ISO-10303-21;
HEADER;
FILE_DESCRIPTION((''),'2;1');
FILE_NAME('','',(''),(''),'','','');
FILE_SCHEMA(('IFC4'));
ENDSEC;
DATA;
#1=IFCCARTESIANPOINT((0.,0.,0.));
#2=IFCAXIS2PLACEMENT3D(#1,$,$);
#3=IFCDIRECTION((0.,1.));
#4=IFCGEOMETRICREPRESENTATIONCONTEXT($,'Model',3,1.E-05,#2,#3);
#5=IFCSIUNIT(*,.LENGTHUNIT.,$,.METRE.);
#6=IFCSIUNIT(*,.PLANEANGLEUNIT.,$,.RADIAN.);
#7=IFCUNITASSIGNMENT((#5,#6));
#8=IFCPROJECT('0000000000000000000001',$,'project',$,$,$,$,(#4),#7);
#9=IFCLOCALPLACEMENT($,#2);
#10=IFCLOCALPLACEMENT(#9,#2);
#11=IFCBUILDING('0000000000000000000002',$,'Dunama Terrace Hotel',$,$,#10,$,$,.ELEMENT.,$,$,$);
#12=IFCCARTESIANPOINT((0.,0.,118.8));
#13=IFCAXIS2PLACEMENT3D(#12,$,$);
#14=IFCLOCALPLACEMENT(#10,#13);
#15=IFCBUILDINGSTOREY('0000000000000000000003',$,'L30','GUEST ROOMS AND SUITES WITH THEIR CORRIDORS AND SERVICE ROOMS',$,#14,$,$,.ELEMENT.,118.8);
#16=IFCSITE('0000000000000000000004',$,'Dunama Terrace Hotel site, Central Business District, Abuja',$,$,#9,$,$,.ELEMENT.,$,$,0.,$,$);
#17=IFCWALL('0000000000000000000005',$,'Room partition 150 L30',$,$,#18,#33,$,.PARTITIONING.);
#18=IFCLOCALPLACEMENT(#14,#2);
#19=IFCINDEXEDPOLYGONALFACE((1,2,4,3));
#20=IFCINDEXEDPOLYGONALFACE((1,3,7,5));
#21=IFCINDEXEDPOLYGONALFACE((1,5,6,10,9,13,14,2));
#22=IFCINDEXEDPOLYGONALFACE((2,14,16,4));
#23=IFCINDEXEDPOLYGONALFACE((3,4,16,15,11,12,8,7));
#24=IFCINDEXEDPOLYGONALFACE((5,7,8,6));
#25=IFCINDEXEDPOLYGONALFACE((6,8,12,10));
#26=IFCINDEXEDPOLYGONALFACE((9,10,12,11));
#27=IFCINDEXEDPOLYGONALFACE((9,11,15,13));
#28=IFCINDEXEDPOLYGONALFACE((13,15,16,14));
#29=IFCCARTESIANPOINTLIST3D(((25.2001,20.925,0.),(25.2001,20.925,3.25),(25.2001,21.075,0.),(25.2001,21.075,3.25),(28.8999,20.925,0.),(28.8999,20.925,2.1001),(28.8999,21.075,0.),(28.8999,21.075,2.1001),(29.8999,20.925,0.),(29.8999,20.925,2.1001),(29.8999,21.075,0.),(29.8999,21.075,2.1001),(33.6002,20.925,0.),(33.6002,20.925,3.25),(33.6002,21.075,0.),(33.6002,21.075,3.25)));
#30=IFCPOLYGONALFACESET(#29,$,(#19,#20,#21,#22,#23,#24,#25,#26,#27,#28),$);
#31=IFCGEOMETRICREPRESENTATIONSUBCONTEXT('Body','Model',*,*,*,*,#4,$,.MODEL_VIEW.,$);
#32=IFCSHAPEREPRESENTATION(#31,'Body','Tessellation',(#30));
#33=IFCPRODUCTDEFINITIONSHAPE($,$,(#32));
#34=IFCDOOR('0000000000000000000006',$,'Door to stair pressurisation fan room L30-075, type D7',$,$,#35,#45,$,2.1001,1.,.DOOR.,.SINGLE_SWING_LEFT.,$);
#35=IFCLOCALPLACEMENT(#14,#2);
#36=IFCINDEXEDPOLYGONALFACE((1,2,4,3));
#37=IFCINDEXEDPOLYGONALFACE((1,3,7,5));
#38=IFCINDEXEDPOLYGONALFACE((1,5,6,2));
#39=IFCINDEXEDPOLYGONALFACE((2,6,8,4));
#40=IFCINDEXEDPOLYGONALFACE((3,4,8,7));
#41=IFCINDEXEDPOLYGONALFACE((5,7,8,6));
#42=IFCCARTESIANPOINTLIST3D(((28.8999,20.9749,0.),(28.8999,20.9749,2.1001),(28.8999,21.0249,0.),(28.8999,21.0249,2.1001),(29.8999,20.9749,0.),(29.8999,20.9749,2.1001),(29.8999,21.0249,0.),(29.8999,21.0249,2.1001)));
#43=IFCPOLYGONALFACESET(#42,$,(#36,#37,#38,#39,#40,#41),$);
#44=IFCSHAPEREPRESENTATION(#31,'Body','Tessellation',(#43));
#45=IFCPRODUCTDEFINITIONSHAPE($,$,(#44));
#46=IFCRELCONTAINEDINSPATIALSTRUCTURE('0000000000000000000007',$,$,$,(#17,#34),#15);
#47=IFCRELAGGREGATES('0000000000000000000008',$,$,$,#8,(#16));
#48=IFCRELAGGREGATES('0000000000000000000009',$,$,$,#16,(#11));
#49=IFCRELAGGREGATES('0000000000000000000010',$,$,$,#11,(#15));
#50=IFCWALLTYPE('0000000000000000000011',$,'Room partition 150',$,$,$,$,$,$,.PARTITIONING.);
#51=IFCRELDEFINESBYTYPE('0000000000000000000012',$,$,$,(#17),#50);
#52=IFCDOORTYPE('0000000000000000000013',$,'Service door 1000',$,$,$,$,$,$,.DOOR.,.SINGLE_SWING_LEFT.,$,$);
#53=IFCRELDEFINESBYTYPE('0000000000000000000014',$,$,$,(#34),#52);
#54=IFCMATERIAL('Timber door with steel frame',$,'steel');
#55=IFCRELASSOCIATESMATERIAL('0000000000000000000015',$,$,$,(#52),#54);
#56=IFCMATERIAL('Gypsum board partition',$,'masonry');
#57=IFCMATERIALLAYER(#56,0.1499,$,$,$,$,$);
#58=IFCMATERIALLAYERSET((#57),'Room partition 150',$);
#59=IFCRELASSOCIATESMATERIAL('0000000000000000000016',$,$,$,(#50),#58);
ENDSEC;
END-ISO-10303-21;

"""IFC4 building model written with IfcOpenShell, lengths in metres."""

from ifc_helpers import new_model, si_unit, direction, frame, frame_2d, origin, place, context, subcontext, project, spatial, rectangle, extrude, material, layer, layer_set, type_object, element, fill, save


model = new_model("IFC4")

# Units and contexts
model_context = context("Model", 3, precision=1e-05, world=origin(), true_north=direction((0.0, 1.0)))
body_context = subcontext(model_context, "Body", "Model", "MODEL_VIEW")
ifc_project = project(units=[si_unit("LENGTHUNIT", "METRE"), si_unit("PLANEANGLEUNIT", "RADIAN")], contexts=[model_context])

# Site, building, storey
site_placement = place(None, origin())
site = spatial("IfcSite", under=ifc_project, at=site_placement, Name="Dunama Terrace Hotel site, Central Business District, Abuja", CompositionType="ELEMENT", RefElevation=0.0)
building_placement = place(site_placement, origin())
building = spatial("IfcBuilding", under=site, at=building_placement, Name="Dunama Terrace Hotel", CompositionType="ELEMENT")
storey_placement = place(building_placement, frame((0.0, 0.0, 118.8)))
storey = spatial("IfcBuildingStorey", under=building, at=storey_placement, Name="L30", Description="GUEST ROOMS AND SUITES WITH THEIR CORRIDORS AND SERVICE ROOMS", CompositionType="ELEMENT", Elevation=118.8)

# Shared definitions
ifc_material_1 = material(Name="Timber door with steel frame", Category="steel")
door_type_1 = type_object("IfcDoorType", Name="Service door 1000", OperationType="SINGLE_SWING_LEFT", PredefinedType="DOOR", material=ifc_material_1)

# Wall, opening, door
ifc_material_2 = material(Name="Gypsum board partition", Category="masonry")
ifc_layer_1 = layer(ifc_material_2, 0.1499)
ifc_layer_set_1 = layer_set([ifc_layer_1], Name="Room partition 150")
wall_type_1 = type_object("IfcWallType", Name="Room partition 150", PredefinedType="PARTITIONING", material=ifc_layer_set_1)
wall_1_placement = place(storey_placement, frame((25.2, 21.0, 0.0), z_axis=(0.0, 0.0, 1.0), x_axis=(1.0, 0.0, 0.0)))
wall_1 = element("IfcWall", 1, at=wall_1_placement, inside=storey, type_object=wall_type_1, Name="Room partition 150 L30", PredefinedType="PARTITIONING", context=body_context, shape_type="SweptSolid", body=[
    extrude(rectangle(XDim=8.4001, YDim=0.1499, at=frame_2d((4.2002, 0.0))), origin(), (0.0, 0.0, 1.0), 3.25),
])
opening_1_placement = place(wall_1_placement, frame((3.7, 0.0, 0.0)))
opening_1 = element("IfcOpeningElement", 2, at=opening_1_placement, cuts=wall_1, PredefinedType="OPENING", context=body_context, shape_type="SweptSolid", body=[
    extrude(rectangle(XDim=1.0, YDim=2.1001, at=frame_2d((0.5, 1.05))), frame((0.0, 0.085, 0.0), z_axis=(0.0, -1.0, 0.0), x_axis=(1.0, 0.0, 0.0)), (0.0, 0.0, 1.0), 0.1699),
])
door_1_placement = place(opening_1_placement, origin())
door_1 = element("IfcDoor", 3, at=door_1_placement, inside=storey, type_object=door_type_1, Name="Door to stair pressurisation fan room L30-075, type D7", OperationType="SINGLE_SWING_LEFT", OverallHeight=2.1001, OverallWidth=1.0, PredefinedType="DOOR", context=body_context, shape_type="SweptSolid", body=[
    extrude(rectangle(XDim=1.0, YDim=2.1001, at=frame_2d((0.5, 1.05))), frame((0.0, 0.0249, 0.0), z_axis=(0.0, -1.0, 0.0), x_axis=(1.0, 0.0, 0.0)), (0.0, 0.0, 1.0), 0.05),
])
fill(opening_1, door_1)

save(model, "model.ifc")
